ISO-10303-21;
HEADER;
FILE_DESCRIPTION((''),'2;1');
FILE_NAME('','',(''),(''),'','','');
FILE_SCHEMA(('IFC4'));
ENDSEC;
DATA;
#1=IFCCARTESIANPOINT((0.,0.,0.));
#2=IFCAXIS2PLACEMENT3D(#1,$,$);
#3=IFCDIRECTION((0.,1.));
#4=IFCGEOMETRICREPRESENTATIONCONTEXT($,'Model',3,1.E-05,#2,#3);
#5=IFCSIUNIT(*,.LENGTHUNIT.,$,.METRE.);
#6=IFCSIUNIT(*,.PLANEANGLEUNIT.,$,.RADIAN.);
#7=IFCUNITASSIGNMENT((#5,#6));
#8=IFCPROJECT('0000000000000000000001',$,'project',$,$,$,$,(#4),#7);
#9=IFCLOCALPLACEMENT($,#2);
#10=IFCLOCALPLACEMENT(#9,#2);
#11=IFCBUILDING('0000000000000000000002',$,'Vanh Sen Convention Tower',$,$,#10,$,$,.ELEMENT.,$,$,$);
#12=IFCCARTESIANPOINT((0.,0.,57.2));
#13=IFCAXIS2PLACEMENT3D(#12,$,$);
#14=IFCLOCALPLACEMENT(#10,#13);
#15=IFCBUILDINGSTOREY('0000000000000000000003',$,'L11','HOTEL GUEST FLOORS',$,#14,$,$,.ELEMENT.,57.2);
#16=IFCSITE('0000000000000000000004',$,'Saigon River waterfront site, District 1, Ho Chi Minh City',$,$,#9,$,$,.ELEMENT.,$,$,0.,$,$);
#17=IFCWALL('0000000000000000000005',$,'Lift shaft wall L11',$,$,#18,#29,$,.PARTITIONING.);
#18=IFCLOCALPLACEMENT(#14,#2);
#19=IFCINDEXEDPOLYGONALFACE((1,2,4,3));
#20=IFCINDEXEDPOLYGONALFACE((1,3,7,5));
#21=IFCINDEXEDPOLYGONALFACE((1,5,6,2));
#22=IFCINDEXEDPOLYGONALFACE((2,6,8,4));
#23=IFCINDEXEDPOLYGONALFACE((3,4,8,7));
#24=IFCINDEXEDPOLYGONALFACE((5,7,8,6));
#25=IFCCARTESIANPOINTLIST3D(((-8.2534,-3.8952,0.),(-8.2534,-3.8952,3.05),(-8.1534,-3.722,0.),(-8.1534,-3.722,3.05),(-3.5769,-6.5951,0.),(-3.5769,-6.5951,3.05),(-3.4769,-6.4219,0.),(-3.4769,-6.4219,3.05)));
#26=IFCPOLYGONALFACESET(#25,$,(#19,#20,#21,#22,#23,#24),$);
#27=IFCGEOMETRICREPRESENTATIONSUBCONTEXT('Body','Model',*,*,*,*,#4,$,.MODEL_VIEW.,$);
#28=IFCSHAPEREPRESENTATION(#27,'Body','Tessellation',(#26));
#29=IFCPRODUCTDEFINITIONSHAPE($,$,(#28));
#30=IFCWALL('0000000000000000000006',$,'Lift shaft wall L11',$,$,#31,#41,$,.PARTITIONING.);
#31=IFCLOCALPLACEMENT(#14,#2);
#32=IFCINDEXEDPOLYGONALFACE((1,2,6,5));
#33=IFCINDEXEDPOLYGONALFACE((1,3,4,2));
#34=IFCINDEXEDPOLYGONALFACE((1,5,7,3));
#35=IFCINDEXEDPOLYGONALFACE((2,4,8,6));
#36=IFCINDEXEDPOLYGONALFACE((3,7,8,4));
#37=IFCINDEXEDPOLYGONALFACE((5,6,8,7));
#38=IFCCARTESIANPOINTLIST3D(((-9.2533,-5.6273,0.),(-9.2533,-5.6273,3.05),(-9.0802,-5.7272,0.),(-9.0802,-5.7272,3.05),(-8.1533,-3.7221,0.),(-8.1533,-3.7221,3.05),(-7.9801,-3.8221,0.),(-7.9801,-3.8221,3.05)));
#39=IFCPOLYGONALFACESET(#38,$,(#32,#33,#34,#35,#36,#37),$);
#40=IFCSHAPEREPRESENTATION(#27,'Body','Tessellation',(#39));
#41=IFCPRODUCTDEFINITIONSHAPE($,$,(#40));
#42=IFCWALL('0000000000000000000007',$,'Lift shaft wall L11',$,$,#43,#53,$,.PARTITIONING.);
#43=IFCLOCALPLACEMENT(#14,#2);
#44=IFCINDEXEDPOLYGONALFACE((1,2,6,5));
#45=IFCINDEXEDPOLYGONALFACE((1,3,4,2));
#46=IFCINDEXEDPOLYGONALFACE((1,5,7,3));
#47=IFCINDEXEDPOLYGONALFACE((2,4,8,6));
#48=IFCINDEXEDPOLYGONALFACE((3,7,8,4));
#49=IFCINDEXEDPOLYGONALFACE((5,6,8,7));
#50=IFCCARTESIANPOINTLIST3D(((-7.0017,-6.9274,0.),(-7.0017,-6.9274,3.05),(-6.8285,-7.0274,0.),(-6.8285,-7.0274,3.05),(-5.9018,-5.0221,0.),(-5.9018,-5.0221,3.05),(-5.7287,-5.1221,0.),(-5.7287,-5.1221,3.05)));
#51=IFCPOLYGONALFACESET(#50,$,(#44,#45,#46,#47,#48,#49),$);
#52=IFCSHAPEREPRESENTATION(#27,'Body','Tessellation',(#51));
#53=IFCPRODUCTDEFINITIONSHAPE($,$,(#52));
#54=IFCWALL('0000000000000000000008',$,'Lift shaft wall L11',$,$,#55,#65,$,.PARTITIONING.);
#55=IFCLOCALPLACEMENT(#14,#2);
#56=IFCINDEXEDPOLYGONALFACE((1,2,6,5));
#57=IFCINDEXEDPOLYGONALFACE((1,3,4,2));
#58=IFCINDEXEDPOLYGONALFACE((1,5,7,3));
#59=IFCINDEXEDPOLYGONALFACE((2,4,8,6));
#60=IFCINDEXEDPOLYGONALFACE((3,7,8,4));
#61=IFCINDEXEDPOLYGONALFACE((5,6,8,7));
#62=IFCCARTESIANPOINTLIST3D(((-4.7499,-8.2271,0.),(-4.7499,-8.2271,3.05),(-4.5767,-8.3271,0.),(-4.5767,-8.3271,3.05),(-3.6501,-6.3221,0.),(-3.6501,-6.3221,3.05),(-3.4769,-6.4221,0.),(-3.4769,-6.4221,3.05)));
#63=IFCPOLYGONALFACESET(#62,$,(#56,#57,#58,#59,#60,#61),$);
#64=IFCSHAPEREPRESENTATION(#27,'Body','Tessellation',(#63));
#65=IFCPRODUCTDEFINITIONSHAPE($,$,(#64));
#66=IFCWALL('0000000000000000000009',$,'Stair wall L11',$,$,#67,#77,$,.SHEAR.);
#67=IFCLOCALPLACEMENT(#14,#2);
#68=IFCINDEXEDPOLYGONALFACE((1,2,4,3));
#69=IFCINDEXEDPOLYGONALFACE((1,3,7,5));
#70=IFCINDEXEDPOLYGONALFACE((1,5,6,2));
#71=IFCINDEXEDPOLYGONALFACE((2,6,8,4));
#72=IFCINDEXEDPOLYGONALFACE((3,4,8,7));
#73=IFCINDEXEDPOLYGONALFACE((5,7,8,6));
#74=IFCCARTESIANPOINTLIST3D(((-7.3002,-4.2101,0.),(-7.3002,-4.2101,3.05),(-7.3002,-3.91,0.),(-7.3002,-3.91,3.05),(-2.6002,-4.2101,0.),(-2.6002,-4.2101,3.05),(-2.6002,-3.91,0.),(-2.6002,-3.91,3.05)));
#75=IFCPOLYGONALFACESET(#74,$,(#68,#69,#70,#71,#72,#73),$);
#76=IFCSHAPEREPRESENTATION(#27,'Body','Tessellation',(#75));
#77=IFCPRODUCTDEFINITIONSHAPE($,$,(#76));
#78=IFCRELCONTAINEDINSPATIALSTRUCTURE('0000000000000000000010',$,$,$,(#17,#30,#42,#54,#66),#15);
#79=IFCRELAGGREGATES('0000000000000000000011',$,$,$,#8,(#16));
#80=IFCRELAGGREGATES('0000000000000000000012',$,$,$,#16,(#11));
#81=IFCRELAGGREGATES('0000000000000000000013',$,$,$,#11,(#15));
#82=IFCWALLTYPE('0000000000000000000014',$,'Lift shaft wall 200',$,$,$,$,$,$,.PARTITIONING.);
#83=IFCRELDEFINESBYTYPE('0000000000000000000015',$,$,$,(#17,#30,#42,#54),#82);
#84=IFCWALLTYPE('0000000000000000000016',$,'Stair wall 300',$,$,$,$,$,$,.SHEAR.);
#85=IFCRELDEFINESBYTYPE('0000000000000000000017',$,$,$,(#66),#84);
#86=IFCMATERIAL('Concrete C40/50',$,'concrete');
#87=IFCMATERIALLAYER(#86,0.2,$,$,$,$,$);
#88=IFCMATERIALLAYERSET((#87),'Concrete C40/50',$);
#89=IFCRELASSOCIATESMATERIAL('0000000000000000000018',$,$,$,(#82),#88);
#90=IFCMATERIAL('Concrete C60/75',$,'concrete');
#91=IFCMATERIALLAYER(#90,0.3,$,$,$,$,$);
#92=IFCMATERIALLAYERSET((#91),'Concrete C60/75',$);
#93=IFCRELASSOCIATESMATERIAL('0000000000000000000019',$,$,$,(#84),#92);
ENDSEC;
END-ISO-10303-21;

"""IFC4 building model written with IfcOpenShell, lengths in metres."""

from ifc_helpers import new_model, si_unit, direction, frame, frame_2d, origin, place, context, subcontext, project, spatial, rectangle, extrude, material, layer, layer_set, type_object, element, save


model = new_model("IFC4")

# Units and contexts
model_context = context("Model", 3, precision=1e-05, world=origin(), true_north=direction((0.0, 1.0)))
body_context = subcontext(model_context, "Body", "Model", "MODEL_VIEW")
ifc_project = project(units=[si_unit("LENGTHUNIT", "METRE"), si_unit("PLANEANGLEUNIT", "RADIAN")], contexts=[model_context])

# Site, building, storey
site_placement = place(None, origin())
site = spatial("IfcSite", under=ifc_project, at=site_placement, Name="Saigon River waterfront site, District 1, Ho Chi Minh City", CompositionType="ELEMENT", RefElevation=0.0)
building_placement = place(site_placement, origin())
building = spatial("IfcBuilding", under=site, at=building_placement, Name="Vanh Sen Convention Tower", CompositionType="ELEMENT")
storey_placement = place(building_placement, frame((0.0, 0.0, 57.2)))
storey = spatial("IfcBuildingStorey", under=building, at=storey_placement, Name="L11", Description="HOTEL GUEST FLOORS", CompositionType="ELEMENT", Elevation=57.2)

# Walls
ifc_material_1 = material(Name="Concrete C40/50", Category="concrete")
ifc_layer_1 = layer(ifc_material_1, 0.2)
ifc_layer_set_1 = layer_set([ifc_layer_1], Name="Concrete C40/50")
wall_type_1 = type_object("IfcWallType", Name="Lift shaft wall 200", PredefinedType="PARTITIONING", material=ifc_layer_set_1)
wall_1_placement = place(storey_placement, frame((-8.2034, -3.8086, 0.0), z_axis=(0.0, 0.0, 1.0), x_axis=(0.866028, -0.499995, 0.0)))
element("IfcWall", 1, at=wall_1_placement, inside=storey, type_object=wall_type_1, Name="Lift shaft wall L11", PredefinedType="PARTITIONING", context=body_context, shape_type="SweptSolid", body=[
    extrude(rectangle(XDim=5.3999, YDim=0.2, at=frame_2d((2.7, 0.0))), origin(), (0.0, 0.0, 1.0), 3.05),
])
for number, where, z_axis, x_axis, name in (
    (2, (-8.0667, -3.772, 0.0), (0.0, 0.0, 1.0), (-0.50003, -0.866008, 0.0), "Lift shaft wall L11"),
    (3, (-5.8152, -5.072, 0.0), (0.0, 0.0, 1.0), (-0.499947, -0.866056, 0.0), "Lift shaft wall L11"),
):
    element("IfcWall", number, at=place(storey_placement, frame(where, z_axis=z_axis, x_axis=x_axis)), inside=storey, type_object=wall_type_1, Name=name, PredefinedType="PARTITIONING", context=body_context, shape_type="SweptSolid", body=[
        extrude(rectangle(XDim=2.2, YDim=0.2, at=frame_2d((1.1001, 0.0))), origin(), (0.0, 0.0, 1.0), 3.05),
    ])
wall_2_placement = place(storey_placement, frame((-3.5635, -6.3721, 0.0), z_axis=(0.0, 0.0, 1.0), x_axis=(-0.499995, -0.866028, 0.0)))
element("IfcWall", 4, at=wall_2_placement, inside=storey, type_object=wall_type_1, Name="Lift shaft wall L11", PredefinedType="PARTITIONING", context=body_context, shape_type="SweptSolid", body=[
    extrude(rectangle(XDim=2.1997, YDim=0.2, at=frame_2d((1.0999, 0.0))), origin(), (0.0, 0.0, 1.0), 3.05),
])
ifc_material_2 = material(Name="Concrete C60/75", Category="concrete")
ifc_layer_2 = layer(ifc_material_2, 0.3)
ifc_layer_set_2 = layer_set([ifc_layer_2], Name="Concrete C60/75")
wall_type_2 = type_object("IfcWallType", Name="Stair wall 300", PredefinedType="SHEAR", material=ifc_layer_set_2)
wall_3_placement = place(storey_placement, frame((-2.6001, -4.0601, 0.0), z_axis=(0.0, 0.0, 1.0), x_axis=(-1.0, 0.0, 0.0)))
element("IfcWall", 5, at=wall_3_placement, inside=storey, type_object=wall_type_2, Name="Stair wall L11", PredefinedType="SHEAR", context=body_context, shape_type="SweptSolid", body=[
    extrude(rectangle(XDim=4.7, YDim=0.3, at=frame_2d((2.3501, 0.0))), origin(), (0.0, 0.0, 1.0), 3.05),
])

save(model, "model.ifc")
